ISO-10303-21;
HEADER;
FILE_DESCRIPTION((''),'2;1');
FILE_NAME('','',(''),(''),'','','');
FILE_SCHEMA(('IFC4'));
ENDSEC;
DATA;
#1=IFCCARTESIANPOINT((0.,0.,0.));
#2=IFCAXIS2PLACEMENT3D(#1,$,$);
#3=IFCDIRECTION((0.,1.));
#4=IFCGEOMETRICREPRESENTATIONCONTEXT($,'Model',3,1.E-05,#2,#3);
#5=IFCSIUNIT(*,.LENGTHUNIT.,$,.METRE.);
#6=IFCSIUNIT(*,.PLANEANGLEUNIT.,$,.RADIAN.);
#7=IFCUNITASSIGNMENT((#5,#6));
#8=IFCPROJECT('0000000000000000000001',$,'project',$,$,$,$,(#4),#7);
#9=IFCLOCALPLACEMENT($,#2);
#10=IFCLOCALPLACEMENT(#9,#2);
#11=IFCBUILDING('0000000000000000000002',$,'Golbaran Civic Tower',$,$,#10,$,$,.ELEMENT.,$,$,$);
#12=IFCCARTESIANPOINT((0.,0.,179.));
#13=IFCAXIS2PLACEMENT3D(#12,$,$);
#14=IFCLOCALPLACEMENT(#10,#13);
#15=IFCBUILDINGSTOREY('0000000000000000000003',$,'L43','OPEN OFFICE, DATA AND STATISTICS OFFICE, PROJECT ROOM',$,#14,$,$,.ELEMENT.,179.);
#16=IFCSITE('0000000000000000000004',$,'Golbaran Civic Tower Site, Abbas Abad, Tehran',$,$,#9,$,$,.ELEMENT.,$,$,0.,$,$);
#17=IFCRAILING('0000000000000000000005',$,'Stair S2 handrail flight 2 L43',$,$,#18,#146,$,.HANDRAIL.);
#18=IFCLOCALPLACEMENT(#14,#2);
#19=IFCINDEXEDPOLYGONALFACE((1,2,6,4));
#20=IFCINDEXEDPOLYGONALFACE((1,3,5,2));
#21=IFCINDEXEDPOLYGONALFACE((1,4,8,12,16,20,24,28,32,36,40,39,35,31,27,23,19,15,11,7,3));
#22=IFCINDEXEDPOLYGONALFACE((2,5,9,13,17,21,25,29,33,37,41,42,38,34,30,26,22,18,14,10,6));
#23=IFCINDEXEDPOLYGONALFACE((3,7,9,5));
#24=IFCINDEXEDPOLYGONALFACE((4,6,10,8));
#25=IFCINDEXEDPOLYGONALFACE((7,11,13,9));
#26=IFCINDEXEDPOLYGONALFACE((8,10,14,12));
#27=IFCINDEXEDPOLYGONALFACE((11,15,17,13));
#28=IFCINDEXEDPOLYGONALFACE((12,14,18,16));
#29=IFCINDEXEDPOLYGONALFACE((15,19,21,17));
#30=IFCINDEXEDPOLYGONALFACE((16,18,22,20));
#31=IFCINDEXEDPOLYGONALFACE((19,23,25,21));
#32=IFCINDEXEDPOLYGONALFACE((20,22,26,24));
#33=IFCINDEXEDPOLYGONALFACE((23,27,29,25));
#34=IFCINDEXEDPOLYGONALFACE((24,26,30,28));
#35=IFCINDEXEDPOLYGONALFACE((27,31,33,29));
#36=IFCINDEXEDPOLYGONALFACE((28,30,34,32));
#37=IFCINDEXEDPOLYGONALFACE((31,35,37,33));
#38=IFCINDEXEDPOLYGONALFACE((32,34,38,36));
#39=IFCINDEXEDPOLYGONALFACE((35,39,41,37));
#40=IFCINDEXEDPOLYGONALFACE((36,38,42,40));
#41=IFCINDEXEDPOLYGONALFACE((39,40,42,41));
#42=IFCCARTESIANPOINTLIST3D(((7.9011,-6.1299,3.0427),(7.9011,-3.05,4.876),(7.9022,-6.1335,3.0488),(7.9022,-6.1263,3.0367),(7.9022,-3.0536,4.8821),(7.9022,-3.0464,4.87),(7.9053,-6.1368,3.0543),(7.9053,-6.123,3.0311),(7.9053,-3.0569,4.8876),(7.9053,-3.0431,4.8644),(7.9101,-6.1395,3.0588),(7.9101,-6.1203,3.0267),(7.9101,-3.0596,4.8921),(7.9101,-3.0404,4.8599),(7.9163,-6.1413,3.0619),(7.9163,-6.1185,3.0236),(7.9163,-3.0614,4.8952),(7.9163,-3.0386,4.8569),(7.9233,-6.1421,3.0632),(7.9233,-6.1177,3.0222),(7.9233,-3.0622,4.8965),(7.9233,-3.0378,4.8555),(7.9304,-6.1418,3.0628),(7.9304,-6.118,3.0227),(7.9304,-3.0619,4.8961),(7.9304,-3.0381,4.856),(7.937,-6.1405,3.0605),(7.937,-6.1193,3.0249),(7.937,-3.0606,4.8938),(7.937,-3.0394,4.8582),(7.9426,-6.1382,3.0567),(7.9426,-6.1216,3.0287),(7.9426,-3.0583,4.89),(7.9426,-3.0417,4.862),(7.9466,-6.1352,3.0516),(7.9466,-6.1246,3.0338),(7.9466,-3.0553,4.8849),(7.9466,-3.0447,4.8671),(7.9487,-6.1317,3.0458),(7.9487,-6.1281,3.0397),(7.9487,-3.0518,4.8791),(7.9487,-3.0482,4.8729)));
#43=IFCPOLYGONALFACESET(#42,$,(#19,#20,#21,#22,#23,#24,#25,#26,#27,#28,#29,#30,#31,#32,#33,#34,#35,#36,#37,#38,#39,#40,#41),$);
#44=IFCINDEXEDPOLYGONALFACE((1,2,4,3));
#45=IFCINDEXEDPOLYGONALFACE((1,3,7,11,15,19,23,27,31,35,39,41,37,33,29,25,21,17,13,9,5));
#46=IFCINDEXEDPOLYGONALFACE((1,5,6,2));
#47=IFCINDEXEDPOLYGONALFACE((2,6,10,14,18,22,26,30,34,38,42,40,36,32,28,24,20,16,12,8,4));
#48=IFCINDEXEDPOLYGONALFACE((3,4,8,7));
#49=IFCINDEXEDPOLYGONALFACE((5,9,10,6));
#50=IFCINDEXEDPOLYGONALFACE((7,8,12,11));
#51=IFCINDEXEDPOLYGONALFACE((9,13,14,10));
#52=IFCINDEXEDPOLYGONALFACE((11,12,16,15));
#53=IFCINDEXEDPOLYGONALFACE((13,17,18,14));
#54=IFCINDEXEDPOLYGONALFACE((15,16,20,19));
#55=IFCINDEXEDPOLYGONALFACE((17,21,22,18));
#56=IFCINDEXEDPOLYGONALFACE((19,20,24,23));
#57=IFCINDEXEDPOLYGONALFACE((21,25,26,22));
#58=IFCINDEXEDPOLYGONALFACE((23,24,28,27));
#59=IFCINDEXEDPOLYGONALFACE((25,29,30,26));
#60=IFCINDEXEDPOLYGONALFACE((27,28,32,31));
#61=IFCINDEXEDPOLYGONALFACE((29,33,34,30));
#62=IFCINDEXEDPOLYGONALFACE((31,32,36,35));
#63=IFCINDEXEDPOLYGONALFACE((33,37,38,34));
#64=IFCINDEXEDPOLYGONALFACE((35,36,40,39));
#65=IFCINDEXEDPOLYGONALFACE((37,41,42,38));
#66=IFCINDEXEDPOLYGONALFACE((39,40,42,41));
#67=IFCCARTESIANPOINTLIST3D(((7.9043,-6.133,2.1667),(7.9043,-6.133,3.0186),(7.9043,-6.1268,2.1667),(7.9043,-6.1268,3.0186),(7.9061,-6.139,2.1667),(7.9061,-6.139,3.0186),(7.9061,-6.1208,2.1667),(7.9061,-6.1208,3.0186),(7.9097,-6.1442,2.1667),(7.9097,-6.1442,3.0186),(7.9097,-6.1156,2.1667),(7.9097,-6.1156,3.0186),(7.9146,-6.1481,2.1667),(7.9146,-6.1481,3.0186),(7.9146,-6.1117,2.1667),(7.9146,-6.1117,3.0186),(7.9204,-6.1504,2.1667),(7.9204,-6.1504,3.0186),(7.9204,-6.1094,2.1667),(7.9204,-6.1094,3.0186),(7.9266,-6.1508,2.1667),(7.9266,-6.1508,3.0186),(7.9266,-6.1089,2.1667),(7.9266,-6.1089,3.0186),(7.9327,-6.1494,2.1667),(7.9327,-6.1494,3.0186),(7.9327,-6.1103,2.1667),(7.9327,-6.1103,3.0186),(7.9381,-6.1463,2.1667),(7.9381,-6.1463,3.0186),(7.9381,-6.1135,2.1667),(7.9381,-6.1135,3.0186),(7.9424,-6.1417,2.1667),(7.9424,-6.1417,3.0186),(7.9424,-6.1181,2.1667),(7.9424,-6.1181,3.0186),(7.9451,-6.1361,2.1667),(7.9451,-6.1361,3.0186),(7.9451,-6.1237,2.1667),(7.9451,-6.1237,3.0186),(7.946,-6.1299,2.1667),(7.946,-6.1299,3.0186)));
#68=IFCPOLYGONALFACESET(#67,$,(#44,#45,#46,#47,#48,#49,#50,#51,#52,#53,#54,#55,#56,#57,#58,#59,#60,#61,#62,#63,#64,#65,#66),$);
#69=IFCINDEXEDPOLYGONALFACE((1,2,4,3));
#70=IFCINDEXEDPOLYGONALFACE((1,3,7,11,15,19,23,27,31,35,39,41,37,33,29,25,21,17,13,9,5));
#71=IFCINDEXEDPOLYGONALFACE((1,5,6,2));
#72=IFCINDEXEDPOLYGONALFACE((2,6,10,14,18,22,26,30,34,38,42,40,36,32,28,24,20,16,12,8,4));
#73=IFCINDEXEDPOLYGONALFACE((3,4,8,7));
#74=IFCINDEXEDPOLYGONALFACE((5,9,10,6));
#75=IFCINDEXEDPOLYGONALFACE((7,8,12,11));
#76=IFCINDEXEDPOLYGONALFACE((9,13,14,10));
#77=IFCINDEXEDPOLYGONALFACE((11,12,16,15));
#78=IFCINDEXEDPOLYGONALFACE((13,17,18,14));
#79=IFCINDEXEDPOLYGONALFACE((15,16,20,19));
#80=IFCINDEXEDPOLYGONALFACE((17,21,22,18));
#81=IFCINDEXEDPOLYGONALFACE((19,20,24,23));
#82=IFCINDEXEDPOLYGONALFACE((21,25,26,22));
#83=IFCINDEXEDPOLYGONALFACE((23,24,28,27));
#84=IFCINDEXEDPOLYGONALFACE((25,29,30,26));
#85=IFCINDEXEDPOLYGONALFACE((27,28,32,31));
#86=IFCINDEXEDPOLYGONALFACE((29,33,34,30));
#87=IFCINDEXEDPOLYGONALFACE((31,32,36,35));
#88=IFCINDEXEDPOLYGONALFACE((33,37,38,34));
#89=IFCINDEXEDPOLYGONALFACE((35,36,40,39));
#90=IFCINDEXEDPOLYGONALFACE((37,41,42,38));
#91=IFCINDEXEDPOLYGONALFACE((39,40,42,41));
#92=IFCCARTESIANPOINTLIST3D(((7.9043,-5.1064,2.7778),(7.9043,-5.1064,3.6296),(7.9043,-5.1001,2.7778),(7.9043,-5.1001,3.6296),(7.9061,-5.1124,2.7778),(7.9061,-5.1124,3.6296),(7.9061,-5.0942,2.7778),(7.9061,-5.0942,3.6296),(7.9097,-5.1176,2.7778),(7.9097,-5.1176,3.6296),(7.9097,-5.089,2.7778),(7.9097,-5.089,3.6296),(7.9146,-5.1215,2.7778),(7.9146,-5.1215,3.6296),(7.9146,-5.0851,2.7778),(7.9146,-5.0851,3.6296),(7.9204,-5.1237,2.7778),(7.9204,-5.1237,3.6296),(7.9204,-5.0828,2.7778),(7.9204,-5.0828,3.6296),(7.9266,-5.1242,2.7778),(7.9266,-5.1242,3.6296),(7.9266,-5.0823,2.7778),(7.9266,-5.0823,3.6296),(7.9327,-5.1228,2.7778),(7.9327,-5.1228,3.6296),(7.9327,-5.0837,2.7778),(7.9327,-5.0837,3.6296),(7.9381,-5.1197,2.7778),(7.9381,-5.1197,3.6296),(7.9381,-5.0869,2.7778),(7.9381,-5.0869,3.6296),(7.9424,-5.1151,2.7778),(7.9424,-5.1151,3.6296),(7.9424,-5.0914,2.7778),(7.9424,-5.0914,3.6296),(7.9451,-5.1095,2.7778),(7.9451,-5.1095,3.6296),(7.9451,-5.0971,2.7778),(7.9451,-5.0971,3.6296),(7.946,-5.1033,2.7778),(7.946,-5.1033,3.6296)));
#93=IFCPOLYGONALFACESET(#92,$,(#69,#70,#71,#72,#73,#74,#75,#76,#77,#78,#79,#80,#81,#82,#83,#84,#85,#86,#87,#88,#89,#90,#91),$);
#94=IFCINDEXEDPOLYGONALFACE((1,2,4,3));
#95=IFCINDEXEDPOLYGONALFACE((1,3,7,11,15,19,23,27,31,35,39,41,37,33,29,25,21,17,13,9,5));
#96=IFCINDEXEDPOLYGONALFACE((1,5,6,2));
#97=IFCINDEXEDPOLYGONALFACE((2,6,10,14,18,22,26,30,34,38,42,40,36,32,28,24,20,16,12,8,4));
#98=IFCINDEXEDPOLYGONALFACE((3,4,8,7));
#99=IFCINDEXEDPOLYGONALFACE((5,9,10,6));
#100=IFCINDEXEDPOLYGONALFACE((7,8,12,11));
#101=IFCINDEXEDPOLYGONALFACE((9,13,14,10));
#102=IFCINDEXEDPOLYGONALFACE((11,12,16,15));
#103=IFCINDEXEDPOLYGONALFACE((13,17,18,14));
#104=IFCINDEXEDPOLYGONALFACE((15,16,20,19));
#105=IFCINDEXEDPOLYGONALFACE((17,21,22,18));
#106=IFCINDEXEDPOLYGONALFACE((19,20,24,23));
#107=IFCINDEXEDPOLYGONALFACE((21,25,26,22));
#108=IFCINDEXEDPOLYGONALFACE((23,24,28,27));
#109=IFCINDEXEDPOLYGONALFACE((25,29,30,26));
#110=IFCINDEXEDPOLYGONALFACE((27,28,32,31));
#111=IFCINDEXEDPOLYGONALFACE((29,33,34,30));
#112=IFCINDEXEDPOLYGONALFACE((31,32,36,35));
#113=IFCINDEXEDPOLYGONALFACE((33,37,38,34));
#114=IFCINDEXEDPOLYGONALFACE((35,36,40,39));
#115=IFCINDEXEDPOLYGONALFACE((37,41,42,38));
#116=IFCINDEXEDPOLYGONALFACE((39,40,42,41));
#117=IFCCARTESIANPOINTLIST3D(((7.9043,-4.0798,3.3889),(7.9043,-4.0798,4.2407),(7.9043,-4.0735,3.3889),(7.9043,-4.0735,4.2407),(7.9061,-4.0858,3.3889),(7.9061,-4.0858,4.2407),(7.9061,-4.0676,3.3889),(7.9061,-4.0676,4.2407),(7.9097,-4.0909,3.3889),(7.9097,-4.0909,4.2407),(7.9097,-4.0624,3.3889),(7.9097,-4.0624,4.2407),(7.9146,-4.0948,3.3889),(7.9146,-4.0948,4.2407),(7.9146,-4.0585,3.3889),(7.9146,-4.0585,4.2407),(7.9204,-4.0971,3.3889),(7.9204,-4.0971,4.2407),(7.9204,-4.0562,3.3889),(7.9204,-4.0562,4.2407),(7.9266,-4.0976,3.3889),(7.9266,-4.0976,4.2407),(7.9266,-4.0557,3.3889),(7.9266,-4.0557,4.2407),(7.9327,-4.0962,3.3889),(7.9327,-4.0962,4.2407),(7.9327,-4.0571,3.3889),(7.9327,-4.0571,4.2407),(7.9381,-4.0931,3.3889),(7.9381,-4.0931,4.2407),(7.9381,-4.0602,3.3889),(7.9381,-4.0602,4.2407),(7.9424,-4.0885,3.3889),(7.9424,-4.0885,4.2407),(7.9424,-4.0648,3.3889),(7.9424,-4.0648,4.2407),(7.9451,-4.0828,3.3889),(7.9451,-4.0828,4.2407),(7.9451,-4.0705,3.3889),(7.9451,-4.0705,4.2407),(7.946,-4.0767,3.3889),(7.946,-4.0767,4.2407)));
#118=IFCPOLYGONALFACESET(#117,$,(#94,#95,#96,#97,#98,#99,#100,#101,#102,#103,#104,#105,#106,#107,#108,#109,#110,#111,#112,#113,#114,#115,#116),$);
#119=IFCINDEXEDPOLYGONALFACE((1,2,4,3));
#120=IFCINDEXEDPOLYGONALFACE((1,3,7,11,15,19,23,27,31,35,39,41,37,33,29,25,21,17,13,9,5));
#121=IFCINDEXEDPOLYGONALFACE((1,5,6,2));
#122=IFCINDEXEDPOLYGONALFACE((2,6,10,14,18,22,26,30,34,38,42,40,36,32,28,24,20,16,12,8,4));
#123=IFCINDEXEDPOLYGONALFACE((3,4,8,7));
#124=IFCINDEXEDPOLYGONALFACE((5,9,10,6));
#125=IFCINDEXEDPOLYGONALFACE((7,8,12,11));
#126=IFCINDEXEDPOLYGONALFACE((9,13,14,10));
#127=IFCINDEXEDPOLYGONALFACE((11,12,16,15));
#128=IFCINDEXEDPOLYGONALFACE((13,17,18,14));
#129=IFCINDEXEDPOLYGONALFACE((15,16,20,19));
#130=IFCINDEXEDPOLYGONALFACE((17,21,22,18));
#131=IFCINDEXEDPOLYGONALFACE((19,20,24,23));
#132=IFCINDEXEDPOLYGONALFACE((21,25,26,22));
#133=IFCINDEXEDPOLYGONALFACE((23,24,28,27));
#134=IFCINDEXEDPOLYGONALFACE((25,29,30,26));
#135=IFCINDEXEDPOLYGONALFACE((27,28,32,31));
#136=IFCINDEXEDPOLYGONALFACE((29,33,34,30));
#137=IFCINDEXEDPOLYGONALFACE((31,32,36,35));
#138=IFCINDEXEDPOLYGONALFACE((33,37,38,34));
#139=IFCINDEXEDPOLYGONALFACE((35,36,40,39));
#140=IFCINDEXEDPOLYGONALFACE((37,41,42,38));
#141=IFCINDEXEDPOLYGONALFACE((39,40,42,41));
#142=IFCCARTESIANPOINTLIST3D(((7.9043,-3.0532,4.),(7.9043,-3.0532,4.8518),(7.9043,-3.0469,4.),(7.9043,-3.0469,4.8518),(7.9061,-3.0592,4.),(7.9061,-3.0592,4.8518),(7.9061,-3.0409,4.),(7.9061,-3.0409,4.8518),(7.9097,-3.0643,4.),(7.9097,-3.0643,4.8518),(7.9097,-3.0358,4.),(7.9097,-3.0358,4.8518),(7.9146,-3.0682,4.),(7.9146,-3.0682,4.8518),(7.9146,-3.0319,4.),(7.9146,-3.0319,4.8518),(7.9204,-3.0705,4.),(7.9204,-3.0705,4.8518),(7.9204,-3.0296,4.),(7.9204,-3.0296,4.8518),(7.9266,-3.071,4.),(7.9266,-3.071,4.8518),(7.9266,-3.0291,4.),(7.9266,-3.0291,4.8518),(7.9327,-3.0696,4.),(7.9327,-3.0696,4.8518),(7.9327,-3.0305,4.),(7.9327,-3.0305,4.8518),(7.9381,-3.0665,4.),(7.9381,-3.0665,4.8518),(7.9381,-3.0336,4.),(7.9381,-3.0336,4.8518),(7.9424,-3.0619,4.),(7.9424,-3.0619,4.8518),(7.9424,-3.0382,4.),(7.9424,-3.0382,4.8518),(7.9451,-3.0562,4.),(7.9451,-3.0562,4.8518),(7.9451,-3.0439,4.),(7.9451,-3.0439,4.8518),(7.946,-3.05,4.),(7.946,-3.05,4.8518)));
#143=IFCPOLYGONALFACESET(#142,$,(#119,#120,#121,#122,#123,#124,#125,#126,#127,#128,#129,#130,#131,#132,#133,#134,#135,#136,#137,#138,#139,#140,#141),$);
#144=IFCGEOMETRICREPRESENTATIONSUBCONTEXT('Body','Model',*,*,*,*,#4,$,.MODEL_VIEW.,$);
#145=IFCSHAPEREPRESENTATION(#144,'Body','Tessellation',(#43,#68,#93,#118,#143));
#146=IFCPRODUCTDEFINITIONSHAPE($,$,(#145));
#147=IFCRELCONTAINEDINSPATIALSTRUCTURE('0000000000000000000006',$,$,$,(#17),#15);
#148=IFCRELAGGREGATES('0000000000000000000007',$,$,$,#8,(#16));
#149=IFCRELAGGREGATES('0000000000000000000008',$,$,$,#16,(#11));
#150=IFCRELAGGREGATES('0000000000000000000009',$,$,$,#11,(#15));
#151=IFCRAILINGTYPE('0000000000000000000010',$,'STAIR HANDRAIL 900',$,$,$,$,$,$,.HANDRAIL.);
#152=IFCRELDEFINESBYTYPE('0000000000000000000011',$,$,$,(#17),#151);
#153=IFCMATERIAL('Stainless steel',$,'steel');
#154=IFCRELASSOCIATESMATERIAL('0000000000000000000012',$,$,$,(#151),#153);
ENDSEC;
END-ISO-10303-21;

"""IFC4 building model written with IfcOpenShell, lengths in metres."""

from ifc_helpers import new_model, si_unit, direction, frame, origin, origin_2d, place, context, subcontext, project, spatial, circle, extrude, material, type_object, element, save


model = new_model("IFC4")

# Units and contexts
model_context = context("Model", 3, precision=1e-05, world=origin(), true_north=direction((0.0, 1.0)))
body_context = subcontext(model_context, "Body", "Model", "MODEL_VIEW")
ifc_project = project(units=[si_unit("LENGTHUNIT", "METRE"), si_unit("PLANEANGLEUNIT", "RADIAN")], contexts=[model_context])

# Site, building, storey
site_placement = place(None, origin())
site = spatial("IfcSite", under=ifc_project, at=site_placement, Name="Golbaran Civic Tower Site, Abbas Abad, Tehran", CompositionType="ELEMENT", RefElevation=0.0)
building_placement = place(site_placement, origin())
building = spatial("IfcBuilding", under=site, at=building_placement, Name="Golbaran Civic Tower", CompositionType="ELEMENT")
storey_placement = place(building_placement, frame((0.0, 0.0, 179.0)))
storey = spatial("IfcBuildingStorey", under=building, at=storey_placement, Name="L43", Description="OPEN OFFICE, DATA AND STATISTICS OFFICE, PROJECT ROOM", CompositionType="ELEMENT", Elevation=179.0)

# Shared definitions
ifc_material_1 = material(Name="Stainless steel", Category="steel")

# Railing
railing_type = type_object("IfcRailingType", Name="STAIR HANDRAIL 900", PredefinedType="HANDRAIL", material=ifc_material_1)
railing_1_placement = place(storey_placement, frame((7.925, -6.1299, 2.1667)))
element("IfcRailing", 1, at=railing_1_placement, inside=storey, type_object=railing_type, Name="Stair S2 handrail flight 2 L43", PredefinedType="HANDRAIL", context=body_context, shape_type="SweptSolid", body=[
    extrude(circle(Radius=0.0239, at=origin_2d()), frame((0.0, 0.0, 0.876), z_axis=(0.0, 0.859291, 0.511487), x_axis=(-1.0, 0.0, 0.0)), (0.0, 0.0, 1.0), 3.5842),
    extrude(circle(Radius=0.021, at=origin_2d()), origin(), (0.0, 0.0, 1.0), 0.8518),
    extrude(circle(Radius=0.021, at=origin_2d()), frame((0.0, 1.0266, 0.6111)), (0.0, 0.0, 1.0), 0.8518),
    extrude(circle(Radius=0.021, at=origin_2d()), frame((0.0, 2.0532, 1.2222)), (0.0, 0.0, 1.0), 0.8518),
    extrude(circle(Radius=0.021, at=origin_2d()), frame((0.0, 3.0798, 1.8333)), (0.0, 0.0, 1.0), 0.8518),
])

save(model, "model.ifc")
